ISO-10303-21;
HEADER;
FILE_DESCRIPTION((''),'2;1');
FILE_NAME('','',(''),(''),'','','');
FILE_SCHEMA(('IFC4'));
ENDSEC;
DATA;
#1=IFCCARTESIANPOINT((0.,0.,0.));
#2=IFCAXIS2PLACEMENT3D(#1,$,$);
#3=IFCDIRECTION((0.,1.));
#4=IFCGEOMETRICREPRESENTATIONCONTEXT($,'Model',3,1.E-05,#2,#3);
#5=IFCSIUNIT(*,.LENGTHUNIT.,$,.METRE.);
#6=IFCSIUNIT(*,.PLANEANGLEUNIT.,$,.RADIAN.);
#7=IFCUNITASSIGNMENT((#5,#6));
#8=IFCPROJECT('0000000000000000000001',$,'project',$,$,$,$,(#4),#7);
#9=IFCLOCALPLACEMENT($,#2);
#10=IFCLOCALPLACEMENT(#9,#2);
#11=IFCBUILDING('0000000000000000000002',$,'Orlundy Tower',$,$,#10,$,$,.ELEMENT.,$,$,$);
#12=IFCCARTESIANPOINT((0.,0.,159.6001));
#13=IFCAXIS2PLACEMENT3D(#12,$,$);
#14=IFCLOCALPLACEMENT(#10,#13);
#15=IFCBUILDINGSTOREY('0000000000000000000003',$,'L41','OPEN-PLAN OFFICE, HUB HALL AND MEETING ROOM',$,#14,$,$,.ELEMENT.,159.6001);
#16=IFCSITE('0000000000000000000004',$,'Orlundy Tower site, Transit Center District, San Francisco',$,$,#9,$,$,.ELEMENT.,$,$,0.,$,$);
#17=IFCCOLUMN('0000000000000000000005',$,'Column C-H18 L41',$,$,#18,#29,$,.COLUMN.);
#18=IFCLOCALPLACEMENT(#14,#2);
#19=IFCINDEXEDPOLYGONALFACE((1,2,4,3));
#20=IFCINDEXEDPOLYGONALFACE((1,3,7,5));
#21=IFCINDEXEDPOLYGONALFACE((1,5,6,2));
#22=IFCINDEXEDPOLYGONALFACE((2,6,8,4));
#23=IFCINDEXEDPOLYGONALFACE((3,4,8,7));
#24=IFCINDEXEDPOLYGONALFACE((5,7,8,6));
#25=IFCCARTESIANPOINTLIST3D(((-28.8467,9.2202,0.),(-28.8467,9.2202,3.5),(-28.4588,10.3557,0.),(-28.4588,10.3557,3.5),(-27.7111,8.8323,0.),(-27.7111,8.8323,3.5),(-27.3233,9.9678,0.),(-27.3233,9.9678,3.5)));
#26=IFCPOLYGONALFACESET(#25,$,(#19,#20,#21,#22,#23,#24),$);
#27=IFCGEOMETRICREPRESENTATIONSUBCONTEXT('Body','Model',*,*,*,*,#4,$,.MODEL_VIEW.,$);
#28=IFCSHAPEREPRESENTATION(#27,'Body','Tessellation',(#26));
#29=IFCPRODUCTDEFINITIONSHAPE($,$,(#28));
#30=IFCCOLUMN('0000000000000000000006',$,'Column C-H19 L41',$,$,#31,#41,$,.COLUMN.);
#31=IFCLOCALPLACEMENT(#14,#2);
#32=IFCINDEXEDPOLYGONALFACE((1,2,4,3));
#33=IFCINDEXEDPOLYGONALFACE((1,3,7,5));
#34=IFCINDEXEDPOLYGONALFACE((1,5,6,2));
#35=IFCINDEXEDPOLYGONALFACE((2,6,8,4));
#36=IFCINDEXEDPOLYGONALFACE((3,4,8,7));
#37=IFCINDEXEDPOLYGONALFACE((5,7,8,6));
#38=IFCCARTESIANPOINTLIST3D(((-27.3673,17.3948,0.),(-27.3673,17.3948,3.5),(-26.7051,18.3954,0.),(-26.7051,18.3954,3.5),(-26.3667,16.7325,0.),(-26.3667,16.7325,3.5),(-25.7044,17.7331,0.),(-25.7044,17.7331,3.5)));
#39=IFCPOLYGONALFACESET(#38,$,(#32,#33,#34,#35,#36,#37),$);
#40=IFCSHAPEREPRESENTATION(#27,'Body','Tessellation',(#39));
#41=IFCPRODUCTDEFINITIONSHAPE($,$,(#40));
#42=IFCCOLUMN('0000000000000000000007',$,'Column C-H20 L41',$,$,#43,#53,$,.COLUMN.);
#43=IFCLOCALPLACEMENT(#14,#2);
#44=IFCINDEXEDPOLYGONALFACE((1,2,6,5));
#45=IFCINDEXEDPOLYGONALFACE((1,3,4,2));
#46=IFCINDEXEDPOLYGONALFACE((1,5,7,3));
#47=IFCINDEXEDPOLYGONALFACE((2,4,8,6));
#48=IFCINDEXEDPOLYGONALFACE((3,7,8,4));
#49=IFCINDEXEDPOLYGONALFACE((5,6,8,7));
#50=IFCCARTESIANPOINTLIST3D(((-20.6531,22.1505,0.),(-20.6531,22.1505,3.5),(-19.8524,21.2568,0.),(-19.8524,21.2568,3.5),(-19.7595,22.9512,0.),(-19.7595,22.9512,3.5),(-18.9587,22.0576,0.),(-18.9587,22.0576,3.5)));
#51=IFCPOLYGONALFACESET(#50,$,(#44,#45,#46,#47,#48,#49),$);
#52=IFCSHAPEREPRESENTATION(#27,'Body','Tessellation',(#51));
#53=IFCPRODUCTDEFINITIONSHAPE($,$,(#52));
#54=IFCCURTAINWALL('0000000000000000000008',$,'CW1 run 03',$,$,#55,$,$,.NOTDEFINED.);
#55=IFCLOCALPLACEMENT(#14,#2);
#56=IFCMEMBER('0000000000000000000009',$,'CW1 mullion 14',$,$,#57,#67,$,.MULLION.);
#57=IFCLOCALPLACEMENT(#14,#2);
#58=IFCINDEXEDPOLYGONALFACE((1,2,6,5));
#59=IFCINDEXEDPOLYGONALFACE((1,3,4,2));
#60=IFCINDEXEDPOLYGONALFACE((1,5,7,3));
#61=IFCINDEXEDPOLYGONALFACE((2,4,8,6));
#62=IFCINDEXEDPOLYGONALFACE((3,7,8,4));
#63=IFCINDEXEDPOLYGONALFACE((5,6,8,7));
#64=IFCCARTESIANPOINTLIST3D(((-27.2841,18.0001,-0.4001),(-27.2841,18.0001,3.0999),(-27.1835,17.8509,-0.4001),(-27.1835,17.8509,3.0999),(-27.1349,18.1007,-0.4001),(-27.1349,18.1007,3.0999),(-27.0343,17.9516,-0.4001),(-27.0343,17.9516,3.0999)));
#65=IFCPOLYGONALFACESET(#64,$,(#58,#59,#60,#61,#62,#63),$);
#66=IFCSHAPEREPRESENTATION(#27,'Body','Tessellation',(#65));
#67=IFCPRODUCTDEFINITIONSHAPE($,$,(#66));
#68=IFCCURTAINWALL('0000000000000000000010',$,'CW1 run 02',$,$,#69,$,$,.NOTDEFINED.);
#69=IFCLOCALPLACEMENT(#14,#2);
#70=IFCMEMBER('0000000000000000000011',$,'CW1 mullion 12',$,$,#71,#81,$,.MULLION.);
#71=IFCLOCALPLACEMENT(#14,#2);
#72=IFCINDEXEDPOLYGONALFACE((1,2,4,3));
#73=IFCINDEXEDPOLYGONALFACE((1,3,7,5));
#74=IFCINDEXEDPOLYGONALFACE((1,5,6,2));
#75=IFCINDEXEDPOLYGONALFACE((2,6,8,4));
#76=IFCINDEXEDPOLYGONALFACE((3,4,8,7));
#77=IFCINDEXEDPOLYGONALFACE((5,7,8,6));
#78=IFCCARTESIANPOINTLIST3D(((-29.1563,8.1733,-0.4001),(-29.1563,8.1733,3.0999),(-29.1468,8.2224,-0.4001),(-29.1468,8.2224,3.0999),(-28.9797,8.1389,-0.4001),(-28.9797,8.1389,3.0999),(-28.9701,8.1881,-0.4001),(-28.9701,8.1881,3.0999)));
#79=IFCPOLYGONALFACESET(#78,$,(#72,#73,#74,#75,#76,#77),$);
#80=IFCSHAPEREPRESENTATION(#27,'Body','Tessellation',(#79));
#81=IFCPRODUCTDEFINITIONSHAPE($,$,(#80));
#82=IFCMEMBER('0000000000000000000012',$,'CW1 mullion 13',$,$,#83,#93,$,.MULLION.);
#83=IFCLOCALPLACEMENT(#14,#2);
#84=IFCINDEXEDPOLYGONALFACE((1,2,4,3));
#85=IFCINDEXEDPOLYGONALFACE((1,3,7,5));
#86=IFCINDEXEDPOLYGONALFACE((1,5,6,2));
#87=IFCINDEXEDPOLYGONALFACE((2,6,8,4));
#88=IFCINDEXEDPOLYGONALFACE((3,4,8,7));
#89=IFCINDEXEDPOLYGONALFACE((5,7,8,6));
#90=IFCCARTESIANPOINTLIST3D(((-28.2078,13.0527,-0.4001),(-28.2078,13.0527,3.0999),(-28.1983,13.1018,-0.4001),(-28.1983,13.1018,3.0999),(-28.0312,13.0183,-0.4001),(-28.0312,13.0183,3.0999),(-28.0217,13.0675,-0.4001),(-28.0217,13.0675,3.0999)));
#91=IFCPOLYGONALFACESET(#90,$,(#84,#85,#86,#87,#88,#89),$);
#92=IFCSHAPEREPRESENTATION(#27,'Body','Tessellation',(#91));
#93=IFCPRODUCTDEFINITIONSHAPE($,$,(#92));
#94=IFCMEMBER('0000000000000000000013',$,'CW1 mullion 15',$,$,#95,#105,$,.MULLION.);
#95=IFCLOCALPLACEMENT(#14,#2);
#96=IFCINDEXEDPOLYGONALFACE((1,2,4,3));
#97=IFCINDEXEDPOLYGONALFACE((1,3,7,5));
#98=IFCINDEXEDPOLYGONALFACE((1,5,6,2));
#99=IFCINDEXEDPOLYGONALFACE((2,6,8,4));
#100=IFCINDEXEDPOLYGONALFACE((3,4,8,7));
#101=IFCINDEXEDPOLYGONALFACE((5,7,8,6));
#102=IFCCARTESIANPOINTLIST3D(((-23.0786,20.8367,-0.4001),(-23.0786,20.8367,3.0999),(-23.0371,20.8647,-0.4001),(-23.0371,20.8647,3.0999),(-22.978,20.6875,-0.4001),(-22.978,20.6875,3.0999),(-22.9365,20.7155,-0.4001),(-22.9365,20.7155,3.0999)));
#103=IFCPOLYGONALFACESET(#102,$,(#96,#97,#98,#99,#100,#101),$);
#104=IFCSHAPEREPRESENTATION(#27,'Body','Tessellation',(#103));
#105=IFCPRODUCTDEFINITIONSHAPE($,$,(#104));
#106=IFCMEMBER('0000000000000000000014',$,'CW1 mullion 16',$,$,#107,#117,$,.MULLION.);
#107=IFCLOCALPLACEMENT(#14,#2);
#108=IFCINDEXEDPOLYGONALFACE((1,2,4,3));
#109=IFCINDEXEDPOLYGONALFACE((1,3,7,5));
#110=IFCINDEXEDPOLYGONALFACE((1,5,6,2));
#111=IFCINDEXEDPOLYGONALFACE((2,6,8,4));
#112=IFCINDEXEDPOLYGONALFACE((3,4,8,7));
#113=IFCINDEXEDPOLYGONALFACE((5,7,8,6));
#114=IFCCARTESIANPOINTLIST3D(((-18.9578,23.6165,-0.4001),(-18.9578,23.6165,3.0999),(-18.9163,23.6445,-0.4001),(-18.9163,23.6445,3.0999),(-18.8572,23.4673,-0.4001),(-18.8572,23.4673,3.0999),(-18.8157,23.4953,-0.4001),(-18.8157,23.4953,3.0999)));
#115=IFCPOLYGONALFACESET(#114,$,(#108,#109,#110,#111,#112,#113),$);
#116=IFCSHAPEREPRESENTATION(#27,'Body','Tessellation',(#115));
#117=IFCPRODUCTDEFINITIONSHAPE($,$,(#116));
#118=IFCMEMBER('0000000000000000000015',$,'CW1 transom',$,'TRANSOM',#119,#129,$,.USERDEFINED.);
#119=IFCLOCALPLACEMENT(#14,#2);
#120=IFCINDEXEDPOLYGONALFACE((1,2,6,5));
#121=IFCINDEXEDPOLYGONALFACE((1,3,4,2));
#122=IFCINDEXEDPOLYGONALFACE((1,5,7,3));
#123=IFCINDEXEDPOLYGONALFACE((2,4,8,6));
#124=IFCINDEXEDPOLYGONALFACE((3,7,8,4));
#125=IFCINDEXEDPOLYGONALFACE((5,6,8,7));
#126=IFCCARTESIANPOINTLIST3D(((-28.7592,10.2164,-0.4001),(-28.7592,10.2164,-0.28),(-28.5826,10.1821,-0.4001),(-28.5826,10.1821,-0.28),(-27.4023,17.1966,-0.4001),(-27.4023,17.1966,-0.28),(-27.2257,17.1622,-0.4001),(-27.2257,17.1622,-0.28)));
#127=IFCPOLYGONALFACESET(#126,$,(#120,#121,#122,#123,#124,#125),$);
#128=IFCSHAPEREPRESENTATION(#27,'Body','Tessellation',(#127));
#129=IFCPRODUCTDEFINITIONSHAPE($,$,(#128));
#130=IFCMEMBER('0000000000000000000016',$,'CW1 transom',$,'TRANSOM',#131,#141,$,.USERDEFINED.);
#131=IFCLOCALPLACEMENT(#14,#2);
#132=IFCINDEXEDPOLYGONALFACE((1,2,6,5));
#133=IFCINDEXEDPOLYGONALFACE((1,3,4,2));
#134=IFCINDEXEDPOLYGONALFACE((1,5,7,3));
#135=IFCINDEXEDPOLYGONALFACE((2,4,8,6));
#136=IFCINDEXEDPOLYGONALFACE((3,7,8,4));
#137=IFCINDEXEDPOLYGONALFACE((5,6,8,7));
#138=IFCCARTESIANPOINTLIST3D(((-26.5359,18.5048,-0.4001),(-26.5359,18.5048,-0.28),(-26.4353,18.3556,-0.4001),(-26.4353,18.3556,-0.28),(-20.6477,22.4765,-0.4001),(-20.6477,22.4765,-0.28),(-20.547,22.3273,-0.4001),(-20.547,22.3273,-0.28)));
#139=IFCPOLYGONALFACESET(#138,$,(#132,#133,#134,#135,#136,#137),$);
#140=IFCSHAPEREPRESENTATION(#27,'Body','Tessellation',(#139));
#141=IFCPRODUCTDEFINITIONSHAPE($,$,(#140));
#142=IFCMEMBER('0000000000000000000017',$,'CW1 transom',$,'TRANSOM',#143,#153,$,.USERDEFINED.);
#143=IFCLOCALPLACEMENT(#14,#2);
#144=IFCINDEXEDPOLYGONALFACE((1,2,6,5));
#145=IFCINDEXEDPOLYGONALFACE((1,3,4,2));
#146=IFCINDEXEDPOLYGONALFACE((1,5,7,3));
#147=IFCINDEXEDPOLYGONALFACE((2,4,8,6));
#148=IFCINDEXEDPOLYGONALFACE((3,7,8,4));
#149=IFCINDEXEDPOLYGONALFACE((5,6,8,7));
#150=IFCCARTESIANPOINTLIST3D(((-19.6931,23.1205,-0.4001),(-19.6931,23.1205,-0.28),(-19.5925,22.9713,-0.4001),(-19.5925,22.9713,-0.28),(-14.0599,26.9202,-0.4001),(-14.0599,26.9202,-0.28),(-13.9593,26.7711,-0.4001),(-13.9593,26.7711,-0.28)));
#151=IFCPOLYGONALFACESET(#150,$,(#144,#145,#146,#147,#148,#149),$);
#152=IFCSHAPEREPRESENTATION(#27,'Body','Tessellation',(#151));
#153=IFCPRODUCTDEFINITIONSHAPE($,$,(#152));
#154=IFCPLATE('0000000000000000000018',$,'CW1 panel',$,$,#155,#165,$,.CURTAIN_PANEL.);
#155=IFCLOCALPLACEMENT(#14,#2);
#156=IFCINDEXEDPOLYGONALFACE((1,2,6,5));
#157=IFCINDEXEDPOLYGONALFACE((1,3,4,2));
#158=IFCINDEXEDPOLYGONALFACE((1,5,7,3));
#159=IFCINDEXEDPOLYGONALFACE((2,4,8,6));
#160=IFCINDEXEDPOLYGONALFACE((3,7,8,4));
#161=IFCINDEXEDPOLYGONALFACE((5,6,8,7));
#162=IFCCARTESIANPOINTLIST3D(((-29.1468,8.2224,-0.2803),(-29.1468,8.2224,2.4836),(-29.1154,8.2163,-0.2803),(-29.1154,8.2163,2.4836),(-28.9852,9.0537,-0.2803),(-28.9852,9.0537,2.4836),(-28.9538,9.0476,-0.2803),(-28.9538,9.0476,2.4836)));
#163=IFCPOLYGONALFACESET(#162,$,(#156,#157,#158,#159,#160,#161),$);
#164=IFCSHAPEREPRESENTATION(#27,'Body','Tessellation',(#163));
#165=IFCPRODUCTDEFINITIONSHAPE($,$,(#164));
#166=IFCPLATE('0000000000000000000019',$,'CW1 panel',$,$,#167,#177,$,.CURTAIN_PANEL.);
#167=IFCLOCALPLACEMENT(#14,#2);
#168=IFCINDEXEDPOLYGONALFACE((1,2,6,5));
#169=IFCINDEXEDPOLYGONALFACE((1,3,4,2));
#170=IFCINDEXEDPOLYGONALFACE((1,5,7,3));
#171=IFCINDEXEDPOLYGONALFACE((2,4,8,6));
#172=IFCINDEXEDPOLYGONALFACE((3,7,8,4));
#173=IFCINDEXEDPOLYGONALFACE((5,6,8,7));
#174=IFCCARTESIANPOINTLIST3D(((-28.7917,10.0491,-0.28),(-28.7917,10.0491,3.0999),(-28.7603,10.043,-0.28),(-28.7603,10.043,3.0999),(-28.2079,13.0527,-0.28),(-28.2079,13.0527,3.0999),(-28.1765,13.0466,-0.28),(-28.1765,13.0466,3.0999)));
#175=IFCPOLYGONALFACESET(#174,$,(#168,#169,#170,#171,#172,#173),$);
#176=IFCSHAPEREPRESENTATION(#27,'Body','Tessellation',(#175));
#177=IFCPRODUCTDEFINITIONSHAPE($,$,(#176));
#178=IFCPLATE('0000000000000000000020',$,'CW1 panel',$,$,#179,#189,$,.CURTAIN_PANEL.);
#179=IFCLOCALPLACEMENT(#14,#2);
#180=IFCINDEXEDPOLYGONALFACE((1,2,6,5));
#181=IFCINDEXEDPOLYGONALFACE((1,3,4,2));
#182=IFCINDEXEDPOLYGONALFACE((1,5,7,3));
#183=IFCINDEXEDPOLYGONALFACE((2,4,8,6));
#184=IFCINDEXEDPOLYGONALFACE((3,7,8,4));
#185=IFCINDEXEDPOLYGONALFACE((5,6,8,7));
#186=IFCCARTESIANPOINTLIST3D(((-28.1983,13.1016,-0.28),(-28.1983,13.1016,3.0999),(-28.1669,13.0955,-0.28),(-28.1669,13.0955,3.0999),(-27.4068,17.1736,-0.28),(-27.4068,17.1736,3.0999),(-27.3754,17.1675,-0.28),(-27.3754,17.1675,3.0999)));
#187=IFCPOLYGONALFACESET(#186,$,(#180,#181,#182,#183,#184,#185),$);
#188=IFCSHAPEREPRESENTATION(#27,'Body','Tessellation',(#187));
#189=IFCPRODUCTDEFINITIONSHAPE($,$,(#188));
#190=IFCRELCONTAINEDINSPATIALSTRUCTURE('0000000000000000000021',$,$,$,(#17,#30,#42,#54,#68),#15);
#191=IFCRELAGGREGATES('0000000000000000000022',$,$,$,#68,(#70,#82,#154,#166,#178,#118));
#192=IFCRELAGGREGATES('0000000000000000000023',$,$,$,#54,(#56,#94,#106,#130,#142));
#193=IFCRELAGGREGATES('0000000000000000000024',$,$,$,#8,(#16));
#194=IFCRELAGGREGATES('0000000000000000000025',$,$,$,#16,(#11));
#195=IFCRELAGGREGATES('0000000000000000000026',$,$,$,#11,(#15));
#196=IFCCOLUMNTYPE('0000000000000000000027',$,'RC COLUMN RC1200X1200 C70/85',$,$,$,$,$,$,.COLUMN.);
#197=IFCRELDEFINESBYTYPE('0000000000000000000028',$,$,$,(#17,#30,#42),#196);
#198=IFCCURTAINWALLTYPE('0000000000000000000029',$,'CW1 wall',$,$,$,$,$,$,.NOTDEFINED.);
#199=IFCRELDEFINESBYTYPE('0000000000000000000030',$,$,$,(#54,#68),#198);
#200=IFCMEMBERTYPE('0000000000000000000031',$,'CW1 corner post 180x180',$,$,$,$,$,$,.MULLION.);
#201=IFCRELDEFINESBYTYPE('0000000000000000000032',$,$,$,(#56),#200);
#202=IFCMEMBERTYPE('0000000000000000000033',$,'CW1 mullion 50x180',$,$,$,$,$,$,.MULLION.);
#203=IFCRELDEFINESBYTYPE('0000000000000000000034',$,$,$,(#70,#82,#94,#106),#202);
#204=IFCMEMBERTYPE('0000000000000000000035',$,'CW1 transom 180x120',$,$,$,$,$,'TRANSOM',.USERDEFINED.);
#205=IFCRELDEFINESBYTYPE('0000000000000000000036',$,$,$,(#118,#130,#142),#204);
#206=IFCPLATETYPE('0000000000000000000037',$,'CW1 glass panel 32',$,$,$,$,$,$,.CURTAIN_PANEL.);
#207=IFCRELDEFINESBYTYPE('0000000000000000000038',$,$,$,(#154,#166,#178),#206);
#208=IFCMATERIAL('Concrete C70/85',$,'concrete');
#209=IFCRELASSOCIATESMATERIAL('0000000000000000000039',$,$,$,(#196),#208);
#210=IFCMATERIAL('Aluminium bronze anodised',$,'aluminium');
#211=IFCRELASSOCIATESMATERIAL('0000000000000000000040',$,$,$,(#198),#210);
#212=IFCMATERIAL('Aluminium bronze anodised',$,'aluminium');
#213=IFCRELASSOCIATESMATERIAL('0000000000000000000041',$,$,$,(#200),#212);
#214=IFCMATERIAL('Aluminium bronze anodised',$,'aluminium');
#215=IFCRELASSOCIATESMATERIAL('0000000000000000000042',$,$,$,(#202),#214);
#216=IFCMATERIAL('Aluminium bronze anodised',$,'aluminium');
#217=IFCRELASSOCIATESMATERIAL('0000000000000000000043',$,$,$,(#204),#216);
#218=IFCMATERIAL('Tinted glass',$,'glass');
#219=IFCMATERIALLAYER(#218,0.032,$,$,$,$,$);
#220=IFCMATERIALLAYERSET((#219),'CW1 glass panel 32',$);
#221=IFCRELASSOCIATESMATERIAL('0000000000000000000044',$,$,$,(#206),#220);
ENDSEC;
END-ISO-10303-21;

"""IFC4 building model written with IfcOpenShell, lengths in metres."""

from ifc_helpers import new_model, si_unit, direction, frame, origin, origin_2d, place, context, subcontext, project, spatial, rectangle, extrude, material, layer, layer_set, material_profile, profile_set, type_object, element, aggregate, save


model = new_model("IFC4")

# Units and contexts
model_context = context("Model", 3, precision=1e-05, world=origin(), true_north=direction((0.0, 1.0)))
body_context = subcontext(model_context, "Body", "Model", "MODEL_VIEW")
ifc_project = project(units=[si_unit("LENGTHUNIT", "METRE"), si_unit("PLANEANGLEUNIT", "RADIAN")], contexts=[model_context])

# Site, building, storey
site_placement = place(None, origin())
site = spatial("IfcSite", under=ifc_project, at=site_placement, Name="Orlundy Tower site, Transit Center District, San Francisco", CompositionType="ELEMENT", RefElevation=0.0)
building_placement = place(site_placement, origin())
building = spatial("IfcBuilding", under=site, at=building_placement, Name="Orlundy Tower", CompositionType="ELEMENT")
storey_placement = place(building_placement, frame((0.0, 0.0, 159.6001)))
storey = spatial("IfcBuildingStorey", under=building, at=storey_placement, Name="L41", Description="OPEN-PLAN OFFICE, HUB HALL AND MEETING ROOM", CompositionType="ELEMENT", Elevation=159.6001)

# Columns
ifc_material_1 = material(Name="Concrete C70/85", Category="concrete")
ifc_material_profile_1 = material_profile(ifc_material_1, rectangle(XDim=1.2, YDim=1.2, at=origin_2d()), Name="RC1200X1200")
ifc_profile_set_1 = profile_set([ifc_material_profile_1], Name="Concrete C70/85")
column_type = type_object("IfcColumnType", Name="RC COLUMN RC1200X1200 C70/85", PredefinedType="COLUMN", material=ifc_profile_set_1)
for number, where, z_axis, x_axis, name in (
    (1, (-28.085, 9.594, 0.0), (0.0, 0.0, 1.0), (-0.946311, 0.323257, 0.0), "Column C-H18 L41"),
    (2, (-26.5359, 17.564, 0.0), (0.0, 0.0, 1.0), (-0.833886, 0.551937, 0.0), "Column C-H19 L41"),
    (3, (-19.8059, 22.104, 0.0), (0.0, 0.0, 1.0), (-0.667339, 0.744754, 0.0), "Column C-H20 L41"),
):
    element("IfcColumn", number, at=place(storey_placement, frame(where, z_axis=z_axis, x_axis=x_axis)), inside=storey, type_object=column_type, Name=name, PredefinedType="COLUMN", context=body_context, shape_type="SweptSolid", body=[
        extrude(rectangle(XDim=1.2, YDim=1.2, at=origin_2d()), origin(), (0.0, 0.0, 1.0), 3.5),
    ])

# Curtain wall, member
ifc_material_2 = material(Name="Aluminium bronze anodised", Category="aluminium")
curtain_wall_type = type_object("IfcCurtainWallType", Name="CW1 wall", PredefinedType="NOTDEFINED", material=ifc_material_2)
curtain_wall_1_placement = place(storey_placement, origin())
curtain_wall_1 = element("IfcCurtainWall", 4, at=curtain_wall_1_placement, inside=storey, type_object=curtain_wall_type, Name="CW1 run 03", PredefinedType="NOTDEFINED")
ifc_material_3 = material(Name="Aluminium bronze anodised", Category="aluminium")
ifc_material_profile_2 = material_profile(ifc_material_3, rectangle(XDim=0.1799, YDim=0.1799, at=origin_2d()), Name="CW1 corner post 180x180")
ifc_profile_set_2 = profile_set([ifc_material_profile_2], Name="Aluminium bronze anodised")
member_type_1 = type_object("IfcMemberType", Name="CW1 corner post 180x180", PredefinedType="MULLION", material=ifc_profile_set_2)
member_1_placement = place(storey_placement, frame((-27.1592, 17.9758, -0.4001), z_axis=(0.0, 0.0, 1.0), x_axis=(-0.559205, 0.82903, 0.0)))
member_1 = element("IfcMember", 5, at=member_1_placement, type_object=member_type_1, Name="CW1 mullion 14", PredefinedType="MULLION", context=body_context, shape_type="SweptSolid", body=[
    extrude(rectangle(XDim=0.1799, YDim=0.1799, at=origin_2d()), origin(), (0.0, 0.0, 1.0), 3.5),
])

# Curtain wall, members
curtain_wall_2_placement = place(storey_placement, origin())
curtain_wall_2 = element("IfcCurtainWall", 6, at=curtain_wall_2_placement, inside=storey, type_object=curtain_wall_type, Name="CW1 run 02", PredefinedType="NOTDEFINED")
ifc_material_4 = material(Name="Aluminium bronze anodised", Category="aluminium")
ifc_material_profile_3 = material_profile(ifc_material_4, rectangle(XDim=0.1799, YDim=0.05, at=origin_2d()), Name="CW1 mullion 50x180")
ifc_profile_set_3 = profile_set([ifc_material_profile_3], Name="Aluminium bronze anodised")
member_type_2 = type_object("IfcMemberType", Name="CW1 mullion 50x180", PredefinedType="MULLION", material=ifc_profile_set_3)
member_2_placement = place(storey_placement, frame((-29.0632, 8.1807, -0.4001), z_axis=(0.0, 0.0, 1.0), x_axis=(-0.981628, 0.190805, 0.0)))
member_2 = element("IfcMember", 7, at=member_2_placement, type_object=member_type_2, Name="CW1 mullion 12", PredefinedType="MULLION", context=body_context, shape_type="SweptSolid", body=[
    extrude(rectangle(XDim=0.1799, YDim=0.05, at=origin_2d()), origin(), (0.0, 0.0, 1.0), 3.5),
])
member_3_placement = place(storey_placement, frame((-28.1147, 13.0601, -0.4001), z_axis=(0.0, 0.0, 1.0), x_axis=(-0.981628, 0.190805, 0.0)))
member_3 = element("IfcMember", 8, at=member_3_placement, type_object=member_type_2, Name="CW1 mullion 13", PredefinedType="MULLION", context=body_context, shape_type="SweptSolid", body=[
    extrude(rectangle(XDim=0.1799, YDim=0.05, at=origin_2d()), origin(), (0.0, 0.0, 1.0), 3.5),
])

# Members
member_4_placement = place(storey_placement, frame((-23.0076, 20.7761, -0.4001), z_axis=(0.0, 0.0, 1.0), x_axis=(-0.559205, 0.82903, 0.0)))
member_4 = element("IfcMember", 9, at=member_4_placement, type_object=member_type_2, Name="CW1 mullion 15", PredefinedType="MULLION", context=body_context, shape_type="SweptSolid", body=[
    extrude(rectangle(XDim=0.1799, YDim=0.05, at=origin_2d()), origin(), (0.0, 0.0, 1.0), 3.5),
])
member_5_placement = place(storey_placement, frame((-18.8867, 23.5559, -0.4001), z_axis=(0.0, 0.0, 1.0), x_axis=(-0.559205, 0.82903, 0.0)))
member_5 = element("IfcMember", 10, at=member_5_placement, type_object=member_type_2, Name="CW1 mullion 16", PredefinedType="MULLION", context=body_context, shape_type="SweptSolid", body=[
    extrude(rectangle(XDim=0.1799, YDim=0.05, at=origin_2d()), origin(), (0.0, 0.0, 1.0), 3.5),
])
ifc_material_5 = material(Name="Aluminium bronze anodised", Category="aluminium")
ifc_material_profile_4 = material_profile(ifc_material_5, rectangle(XDim=0.1799, YDim=0.1201, at=origin_2d()), Name="CW1 transom 180x120")
ifc_profile_set_4 = profile_set([ifc_material_profile_4], Name="Aluminium bronze anodised")
member_type_3 = type_object("IfcMemberType", Name="CW1 transom 180x120", ElementType="TRANSOM", PredefinedType="USERDEFINED", material=ifc_profile_set_4)
member_6_placement = place(storey_placement, frame((-28.6709, 10.1992, -0.3401), z_axis=(0.190825, 0.981624, 0.0), x_axis=(-0.981624, 0.190825, 0.0)))
member_6 = element("IfcMember", 11, at=member_6_placement, type_object=member_type_3, Name="CW1 transom", ObjectType="TRANSOM", PredefinedType="USERDEFINED", context=body_context, shape_type="SweptSolid", body=[
    extrude(rectangle(XDim=0.1799, YDim=0.1201, at=origin_2d()), origin(), (0.0, 0.0, 1.0), 7.1108),
])
member_7_placement = place(storey_placement, frame((-26.4856, 18.4302, -0.3401), z_axis=(0.829034, 0.559198, 0.0), x_axis=(-0.559198, 0.829034, 0.0)))
member_7 = element("IfcMember", 12, at=member_7_placement, type_object=member_type_3, Name="CW1 transom", ObjectType="TRANSOM", PredefinedType="USERDEFINED", context=body_context, shape_type="SweptSolid", body=[
    extrude(rectangle(XDim=0.1799, YDim=0.1201, at=origin_2d()), origin(), (0.0, 0.0, 1.0), 7.1025),
])
member_8_placement = place(storey_placement, frame((-19.6428, 23.0459, -0.3401), z_axis=(0.829031, 0.559203, 0.0), x_axis=(-0.559203, 0.829031, 0.0)))
member_8 = element("IfcMember", 13, at=member_8_placement, type_object=member_type_3, Name="CW1 transom", ObjectType="TRANSOM", PredefinedType="USERDEFINED", context=body_context, shape_type="SweptSolid", body=[
    extrude(rectangle(XDim=0.1799, YDim=0.1201, at=origin_2d()), origin(), (0.0, 0.0, 1.0), 6.7949),
])

# Plates
ifc_material_6 = material(Name="Tinted glass", Category="glass")
ifc_layer_1 = layer(ifc_material_6, 0.032)
ifc_layer_set_1 = layer_set([ifc_layer_1], Name="CW1 glass panel 32")
plate_type = type_object("IfcPlateType", Name="CW1 glass panel 32", PredefinedType="CURTAIN_PANEL", material=ifc_layer_set_1)
plate_1_placement = place(storey_placement, frame((-29.0503, 8.635, -0.2803), z_axis=(0.0, 0.0, 1.0), x_axis=(0.190805, 0.981628, 0.0)))
plate_1 = element("IfcPlate", 14, at=plate_1_placement, type_object=plate_type, Name="CW1 panel", PredefinedType="CURTAIN_PANEL", context=body_context, shape_type="SweptSolid", body=[
    extrude(rectangle(XDim=0.8469, YDim=0.032, at=origin_2d()), origin(), (0.0, 0.0, 1.0), 2.7639),
])
plate_2_placement = place(storey_placement, frame((-28.4841, 11.5479, -0.28), z_axis=(0.0, 0.0, 1.0), x_axis=(0.190805, 0.981628, 0.0)))
plate_2 = element("IfcPlate", 15, at=plate_2_placement, type_object=plate_type, Name="CW1 panel", PredefinedType="CURTAIN_PANEL", context=body_context, shape_type="SweptSolid", body=[
    extrude(rectangle(XDim=3.0598, YDim=0.032, at=origin_2d()), origin(), (0.0, 0.0, 1.0), 3.3799),
])
plate_3_placement = place(storey_placement, frame((-27.7869, 15.1345, -0.28), z_axis=(0.0, 0.0, 1.0), x_axis=(0.190805, 0.981628, 0.0)))
plate_3 = element("IfcPlate", 16, at=plate_3_placement, type_object=plate_type, Name="CW1 panel", PredefinedType="CURTAIN_PANEL", context=body_context, shape_type="SweptSolid", body=[
    extrude(rectangle(XDim=4.1482, YDim=0.032, at=origin_2d()), origin(), (0.0, 0.0, 1.0), 3.3799),
])
aggregate(curtain_wall_2, [member_2, member_3, plate_1, plate_2, plate_3, member_6])
aggregate(curtain_wall_1, [member_1, member_4, member_5, member_7, member_8])

save(model, "model.ifc")
